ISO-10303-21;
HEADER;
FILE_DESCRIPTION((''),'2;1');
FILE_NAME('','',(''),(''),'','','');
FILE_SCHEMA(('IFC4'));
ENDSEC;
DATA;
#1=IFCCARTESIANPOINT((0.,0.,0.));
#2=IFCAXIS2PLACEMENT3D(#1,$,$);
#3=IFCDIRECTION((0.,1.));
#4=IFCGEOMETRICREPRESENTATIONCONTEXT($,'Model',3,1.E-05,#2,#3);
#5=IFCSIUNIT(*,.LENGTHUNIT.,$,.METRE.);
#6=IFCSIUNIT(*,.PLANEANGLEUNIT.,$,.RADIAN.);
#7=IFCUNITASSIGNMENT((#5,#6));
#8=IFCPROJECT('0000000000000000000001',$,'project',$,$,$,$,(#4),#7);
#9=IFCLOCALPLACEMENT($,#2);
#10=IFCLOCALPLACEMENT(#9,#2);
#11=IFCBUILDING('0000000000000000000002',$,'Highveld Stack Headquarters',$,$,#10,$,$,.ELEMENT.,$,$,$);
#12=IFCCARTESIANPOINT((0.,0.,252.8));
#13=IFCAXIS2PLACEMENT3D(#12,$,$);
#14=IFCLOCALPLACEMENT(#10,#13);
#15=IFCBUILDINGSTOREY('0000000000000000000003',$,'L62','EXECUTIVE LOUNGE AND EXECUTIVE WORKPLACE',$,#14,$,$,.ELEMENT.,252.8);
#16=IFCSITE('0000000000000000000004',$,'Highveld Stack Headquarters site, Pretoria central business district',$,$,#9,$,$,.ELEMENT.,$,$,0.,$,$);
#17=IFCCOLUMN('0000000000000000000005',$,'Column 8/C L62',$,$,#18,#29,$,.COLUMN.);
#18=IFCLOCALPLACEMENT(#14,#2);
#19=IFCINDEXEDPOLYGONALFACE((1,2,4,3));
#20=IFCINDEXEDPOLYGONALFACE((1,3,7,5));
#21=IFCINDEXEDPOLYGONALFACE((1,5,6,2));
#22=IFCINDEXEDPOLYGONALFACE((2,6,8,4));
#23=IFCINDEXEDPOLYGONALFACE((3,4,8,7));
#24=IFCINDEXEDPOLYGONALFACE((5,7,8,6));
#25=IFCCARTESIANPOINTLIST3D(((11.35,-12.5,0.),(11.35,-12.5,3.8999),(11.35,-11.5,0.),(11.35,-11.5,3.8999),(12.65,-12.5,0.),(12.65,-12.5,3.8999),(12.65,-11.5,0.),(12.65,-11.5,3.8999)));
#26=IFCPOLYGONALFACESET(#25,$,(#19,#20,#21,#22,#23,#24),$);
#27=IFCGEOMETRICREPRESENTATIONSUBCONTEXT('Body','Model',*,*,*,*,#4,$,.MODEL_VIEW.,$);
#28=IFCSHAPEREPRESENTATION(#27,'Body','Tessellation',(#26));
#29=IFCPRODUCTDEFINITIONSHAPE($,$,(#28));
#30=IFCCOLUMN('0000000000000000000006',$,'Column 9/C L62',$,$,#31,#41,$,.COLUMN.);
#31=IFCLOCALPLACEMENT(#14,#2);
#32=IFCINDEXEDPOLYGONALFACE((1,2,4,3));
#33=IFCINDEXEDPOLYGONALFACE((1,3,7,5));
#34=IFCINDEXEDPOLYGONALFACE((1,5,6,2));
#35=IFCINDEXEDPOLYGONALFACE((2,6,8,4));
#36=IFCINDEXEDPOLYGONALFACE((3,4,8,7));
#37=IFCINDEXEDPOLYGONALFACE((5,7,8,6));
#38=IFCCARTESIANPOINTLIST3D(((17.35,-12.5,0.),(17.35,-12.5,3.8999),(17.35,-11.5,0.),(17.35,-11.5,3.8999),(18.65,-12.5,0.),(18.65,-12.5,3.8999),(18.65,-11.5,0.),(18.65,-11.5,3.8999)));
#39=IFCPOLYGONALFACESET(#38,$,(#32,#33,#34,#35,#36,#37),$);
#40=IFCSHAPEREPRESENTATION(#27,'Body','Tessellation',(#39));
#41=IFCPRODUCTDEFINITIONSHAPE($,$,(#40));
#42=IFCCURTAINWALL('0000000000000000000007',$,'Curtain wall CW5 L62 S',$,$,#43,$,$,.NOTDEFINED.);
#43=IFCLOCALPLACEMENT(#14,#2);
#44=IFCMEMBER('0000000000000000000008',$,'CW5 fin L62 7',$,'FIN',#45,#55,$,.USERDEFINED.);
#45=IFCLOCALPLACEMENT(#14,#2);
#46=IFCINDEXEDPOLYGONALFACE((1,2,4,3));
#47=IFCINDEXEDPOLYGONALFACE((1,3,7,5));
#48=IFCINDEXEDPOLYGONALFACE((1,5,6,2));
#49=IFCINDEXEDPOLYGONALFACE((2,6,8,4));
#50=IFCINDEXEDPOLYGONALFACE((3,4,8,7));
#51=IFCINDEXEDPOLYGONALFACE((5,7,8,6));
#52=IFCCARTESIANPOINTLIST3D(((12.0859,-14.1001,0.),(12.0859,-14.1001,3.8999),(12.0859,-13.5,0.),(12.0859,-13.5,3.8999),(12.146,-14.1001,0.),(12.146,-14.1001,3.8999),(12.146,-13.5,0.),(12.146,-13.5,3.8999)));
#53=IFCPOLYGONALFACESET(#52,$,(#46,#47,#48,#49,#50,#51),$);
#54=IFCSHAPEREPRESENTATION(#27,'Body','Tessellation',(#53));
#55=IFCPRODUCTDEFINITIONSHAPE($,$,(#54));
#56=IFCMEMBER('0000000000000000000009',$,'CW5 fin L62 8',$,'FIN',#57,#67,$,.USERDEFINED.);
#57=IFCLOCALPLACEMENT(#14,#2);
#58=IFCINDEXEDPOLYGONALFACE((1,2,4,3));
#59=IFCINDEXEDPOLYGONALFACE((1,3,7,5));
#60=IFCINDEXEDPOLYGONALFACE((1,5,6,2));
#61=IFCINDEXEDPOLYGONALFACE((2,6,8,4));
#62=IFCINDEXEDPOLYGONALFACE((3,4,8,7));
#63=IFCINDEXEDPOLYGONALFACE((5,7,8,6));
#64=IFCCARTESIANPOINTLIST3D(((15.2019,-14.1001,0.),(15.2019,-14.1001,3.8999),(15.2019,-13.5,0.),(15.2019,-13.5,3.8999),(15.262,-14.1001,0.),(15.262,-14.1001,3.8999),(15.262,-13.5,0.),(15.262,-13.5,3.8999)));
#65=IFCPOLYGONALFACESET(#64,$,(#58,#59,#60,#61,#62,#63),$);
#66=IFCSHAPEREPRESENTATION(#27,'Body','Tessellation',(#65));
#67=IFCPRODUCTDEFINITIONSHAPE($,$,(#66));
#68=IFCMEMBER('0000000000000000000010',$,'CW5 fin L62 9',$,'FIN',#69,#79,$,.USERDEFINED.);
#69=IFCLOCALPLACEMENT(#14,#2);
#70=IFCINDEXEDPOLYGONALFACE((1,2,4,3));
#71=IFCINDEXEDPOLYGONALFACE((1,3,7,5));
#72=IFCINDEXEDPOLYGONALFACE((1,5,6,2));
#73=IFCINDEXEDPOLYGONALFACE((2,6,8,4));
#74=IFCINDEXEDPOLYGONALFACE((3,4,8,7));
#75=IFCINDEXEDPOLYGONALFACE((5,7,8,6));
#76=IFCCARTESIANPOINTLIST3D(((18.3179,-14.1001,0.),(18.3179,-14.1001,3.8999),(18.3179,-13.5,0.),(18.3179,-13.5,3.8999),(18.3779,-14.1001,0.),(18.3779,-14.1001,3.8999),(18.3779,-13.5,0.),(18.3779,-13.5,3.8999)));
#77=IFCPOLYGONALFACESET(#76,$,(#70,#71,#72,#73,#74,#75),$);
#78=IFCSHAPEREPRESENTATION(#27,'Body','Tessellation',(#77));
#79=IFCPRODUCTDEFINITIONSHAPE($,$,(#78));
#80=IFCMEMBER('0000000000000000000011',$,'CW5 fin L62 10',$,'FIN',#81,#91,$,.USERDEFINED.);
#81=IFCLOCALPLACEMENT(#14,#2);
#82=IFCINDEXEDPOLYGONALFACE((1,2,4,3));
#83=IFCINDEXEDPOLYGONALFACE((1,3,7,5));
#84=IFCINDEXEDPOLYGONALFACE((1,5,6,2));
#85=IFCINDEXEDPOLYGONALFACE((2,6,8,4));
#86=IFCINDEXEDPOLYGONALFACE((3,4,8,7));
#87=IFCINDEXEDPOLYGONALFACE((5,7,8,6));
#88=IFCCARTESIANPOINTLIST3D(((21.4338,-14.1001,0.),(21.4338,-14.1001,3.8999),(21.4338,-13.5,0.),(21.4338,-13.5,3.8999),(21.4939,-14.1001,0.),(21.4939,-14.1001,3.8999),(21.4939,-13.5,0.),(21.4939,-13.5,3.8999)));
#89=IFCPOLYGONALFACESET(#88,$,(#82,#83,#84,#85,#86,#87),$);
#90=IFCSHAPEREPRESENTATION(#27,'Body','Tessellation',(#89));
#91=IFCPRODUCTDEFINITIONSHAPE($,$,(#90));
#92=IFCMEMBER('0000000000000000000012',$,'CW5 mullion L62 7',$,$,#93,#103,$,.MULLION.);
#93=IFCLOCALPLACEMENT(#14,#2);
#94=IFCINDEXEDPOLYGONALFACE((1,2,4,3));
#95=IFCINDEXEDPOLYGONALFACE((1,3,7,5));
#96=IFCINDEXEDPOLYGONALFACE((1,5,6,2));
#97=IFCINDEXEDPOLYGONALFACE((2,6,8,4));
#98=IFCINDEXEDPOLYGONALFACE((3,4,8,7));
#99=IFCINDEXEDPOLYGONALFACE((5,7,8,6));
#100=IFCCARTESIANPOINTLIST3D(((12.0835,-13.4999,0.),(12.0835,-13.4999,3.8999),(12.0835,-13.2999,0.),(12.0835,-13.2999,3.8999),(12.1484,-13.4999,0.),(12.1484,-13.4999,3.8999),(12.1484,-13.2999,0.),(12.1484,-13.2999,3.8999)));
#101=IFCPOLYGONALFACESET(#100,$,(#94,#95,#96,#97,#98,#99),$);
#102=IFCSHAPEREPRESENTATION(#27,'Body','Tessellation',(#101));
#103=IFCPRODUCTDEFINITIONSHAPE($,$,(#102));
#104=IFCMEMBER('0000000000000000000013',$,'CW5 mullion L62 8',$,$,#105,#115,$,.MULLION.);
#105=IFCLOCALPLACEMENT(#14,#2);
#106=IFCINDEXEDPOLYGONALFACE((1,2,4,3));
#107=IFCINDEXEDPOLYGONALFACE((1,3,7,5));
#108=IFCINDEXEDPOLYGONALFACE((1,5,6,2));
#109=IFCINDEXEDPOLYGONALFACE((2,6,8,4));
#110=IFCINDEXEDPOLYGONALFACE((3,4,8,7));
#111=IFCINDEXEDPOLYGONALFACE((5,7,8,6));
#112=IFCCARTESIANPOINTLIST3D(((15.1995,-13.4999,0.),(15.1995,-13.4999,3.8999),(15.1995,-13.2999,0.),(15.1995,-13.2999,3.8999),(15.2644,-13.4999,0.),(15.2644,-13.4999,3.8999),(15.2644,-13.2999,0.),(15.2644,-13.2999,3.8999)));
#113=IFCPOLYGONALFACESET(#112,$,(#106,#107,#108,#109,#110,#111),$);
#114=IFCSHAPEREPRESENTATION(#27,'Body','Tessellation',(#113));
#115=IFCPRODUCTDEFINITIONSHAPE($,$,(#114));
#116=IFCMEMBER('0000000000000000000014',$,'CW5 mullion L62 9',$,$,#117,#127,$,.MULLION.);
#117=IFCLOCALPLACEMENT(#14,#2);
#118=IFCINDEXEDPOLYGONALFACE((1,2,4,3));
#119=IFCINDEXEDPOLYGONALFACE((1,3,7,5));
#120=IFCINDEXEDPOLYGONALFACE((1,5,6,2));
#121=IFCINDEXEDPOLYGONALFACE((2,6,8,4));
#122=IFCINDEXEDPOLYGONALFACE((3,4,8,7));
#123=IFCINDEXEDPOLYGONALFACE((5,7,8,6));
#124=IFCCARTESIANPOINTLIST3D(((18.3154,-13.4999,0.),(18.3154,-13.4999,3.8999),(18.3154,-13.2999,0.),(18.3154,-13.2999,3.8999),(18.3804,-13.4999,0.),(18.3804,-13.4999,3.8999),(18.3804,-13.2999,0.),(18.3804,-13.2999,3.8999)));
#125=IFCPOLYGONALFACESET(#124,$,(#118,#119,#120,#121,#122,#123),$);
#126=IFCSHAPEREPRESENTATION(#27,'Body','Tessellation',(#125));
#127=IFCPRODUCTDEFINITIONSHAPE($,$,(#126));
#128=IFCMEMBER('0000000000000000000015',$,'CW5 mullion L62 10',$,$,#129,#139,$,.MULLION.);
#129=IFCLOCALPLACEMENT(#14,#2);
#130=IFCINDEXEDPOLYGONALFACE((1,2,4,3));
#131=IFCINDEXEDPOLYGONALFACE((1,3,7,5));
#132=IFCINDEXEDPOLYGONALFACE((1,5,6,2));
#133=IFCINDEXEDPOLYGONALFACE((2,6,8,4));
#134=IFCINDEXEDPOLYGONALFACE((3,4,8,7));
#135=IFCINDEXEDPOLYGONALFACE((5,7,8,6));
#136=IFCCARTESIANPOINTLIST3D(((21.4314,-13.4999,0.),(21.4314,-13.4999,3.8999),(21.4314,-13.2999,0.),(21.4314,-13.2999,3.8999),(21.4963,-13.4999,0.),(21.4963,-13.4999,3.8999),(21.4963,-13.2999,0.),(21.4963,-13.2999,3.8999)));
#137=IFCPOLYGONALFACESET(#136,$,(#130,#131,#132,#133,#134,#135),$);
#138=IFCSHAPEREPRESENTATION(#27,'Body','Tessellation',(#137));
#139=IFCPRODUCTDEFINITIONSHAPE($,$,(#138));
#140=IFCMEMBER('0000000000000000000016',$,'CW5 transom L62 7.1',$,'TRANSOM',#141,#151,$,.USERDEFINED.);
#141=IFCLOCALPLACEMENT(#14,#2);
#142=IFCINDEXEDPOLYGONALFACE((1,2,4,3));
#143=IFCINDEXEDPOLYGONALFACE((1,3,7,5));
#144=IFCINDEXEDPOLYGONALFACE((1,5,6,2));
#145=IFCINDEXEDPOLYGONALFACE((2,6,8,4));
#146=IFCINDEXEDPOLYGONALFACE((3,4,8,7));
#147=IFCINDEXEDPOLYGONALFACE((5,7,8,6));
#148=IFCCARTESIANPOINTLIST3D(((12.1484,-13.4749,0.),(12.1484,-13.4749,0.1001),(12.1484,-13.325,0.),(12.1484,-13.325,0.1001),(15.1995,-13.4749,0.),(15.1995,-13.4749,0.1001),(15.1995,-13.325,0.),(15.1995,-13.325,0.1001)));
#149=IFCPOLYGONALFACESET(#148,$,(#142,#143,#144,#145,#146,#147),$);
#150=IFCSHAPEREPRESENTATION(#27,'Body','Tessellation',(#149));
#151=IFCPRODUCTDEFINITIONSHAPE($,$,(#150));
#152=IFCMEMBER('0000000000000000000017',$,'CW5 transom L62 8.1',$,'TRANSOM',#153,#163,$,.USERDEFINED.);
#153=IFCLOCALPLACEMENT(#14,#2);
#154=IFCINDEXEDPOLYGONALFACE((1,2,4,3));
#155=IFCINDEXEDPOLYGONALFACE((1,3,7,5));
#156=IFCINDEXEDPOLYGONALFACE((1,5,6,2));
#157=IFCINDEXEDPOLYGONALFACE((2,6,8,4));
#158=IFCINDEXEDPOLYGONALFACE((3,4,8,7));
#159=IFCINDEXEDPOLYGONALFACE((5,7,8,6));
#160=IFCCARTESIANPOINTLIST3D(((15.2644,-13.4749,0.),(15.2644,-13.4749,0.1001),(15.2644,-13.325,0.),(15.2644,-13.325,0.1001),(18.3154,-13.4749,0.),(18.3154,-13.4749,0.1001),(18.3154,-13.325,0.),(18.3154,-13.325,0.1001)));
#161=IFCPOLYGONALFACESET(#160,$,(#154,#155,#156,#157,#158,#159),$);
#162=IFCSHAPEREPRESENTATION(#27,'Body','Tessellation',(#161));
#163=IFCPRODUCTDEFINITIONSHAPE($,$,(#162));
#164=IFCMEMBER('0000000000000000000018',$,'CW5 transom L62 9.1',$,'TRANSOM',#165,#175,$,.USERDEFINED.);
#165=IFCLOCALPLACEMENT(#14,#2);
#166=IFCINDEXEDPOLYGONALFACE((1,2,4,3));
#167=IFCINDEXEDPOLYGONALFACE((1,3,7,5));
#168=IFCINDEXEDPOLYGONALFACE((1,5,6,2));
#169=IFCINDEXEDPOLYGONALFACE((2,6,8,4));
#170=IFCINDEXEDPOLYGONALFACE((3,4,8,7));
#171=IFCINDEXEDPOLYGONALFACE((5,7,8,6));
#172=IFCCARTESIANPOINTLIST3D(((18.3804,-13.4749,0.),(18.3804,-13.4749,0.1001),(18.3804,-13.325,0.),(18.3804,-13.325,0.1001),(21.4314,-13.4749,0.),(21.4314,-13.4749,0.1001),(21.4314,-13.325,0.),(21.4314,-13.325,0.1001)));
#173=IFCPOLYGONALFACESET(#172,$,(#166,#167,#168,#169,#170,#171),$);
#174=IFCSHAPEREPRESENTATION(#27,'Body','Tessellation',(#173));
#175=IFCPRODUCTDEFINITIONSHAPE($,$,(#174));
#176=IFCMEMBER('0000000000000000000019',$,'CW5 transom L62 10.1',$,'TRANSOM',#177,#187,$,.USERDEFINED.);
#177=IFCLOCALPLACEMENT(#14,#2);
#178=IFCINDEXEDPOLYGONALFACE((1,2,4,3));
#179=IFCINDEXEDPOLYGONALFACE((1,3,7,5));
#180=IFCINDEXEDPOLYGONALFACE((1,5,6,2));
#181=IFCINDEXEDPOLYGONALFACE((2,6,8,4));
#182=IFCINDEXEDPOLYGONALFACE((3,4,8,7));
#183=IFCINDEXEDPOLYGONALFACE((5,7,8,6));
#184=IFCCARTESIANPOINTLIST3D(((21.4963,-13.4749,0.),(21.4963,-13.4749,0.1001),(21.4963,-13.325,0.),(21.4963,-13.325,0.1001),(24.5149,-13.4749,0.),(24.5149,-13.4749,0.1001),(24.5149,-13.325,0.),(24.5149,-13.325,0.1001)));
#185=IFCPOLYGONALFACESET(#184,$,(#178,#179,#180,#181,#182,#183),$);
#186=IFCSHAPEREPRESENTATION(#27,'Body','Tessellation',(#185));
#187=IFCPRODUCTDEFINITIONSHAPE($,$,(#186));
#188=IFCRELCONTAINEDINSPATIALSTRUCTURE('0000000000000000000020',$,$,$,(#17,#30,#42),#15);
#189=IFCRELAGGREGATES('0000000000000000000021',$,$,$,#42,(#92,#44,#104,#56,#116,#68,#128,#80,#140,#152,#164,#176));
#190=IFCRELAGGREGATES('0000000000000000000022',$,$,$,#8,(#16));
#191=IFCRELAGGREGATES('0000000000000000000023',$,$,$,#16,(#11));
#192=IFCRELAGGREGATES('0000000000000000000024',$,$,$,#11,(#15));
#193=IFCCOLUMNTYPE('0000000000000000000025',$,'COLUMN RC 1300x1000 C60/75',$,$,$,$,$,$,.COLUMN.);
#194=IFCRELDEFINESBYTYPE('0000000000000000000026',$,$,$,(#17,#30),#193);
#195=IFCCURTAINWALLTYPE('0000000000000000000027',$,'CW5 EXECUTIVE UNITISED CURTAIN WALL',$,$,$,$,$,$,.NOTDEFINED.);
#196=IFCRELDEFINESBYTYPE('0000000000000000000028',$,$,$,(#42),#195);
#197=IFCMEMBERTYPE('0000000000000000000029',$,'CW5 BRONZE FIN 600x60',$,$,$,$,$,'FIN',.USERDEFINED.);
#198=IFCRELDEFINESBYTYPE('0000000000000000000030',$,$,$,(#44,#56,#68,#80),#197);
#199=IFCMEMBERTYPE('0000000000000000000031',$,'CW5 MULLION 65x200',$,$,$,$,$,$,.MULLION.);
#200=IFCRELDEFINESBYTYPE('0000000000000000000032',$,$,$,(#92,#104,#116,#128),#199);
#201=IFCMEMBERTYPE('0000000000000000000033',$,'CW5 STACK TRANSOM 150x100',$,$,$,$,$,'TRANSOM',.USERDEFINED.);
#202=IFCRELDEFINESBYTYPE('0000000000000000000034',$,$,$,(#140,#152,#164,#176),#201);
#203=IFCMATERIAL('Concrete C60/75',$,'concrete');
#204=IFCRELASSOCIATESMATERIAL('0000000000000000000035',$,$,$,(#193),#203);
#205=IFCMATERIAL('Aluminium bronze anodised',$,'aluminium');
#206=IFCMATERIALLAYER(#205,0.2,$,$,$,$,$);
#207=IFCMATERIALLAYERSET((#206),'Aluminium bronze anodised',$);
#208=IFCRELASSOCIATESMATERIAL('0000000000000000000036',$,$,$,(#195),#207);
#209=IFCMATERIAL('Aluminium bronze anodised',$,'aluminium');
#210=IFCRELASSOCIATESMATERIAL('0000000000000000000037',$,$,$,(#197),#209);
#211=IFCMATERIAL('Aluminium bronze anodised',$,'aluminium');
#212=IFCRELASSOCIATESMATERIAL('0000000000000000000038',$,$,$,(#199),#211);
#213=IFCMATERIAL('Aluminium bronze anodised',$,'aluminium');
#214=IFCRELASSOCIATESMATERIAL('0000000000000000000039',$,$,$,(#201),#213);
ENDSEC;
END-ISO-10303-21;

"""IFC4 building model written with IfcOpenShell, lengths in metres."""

from ifc_helpers import new_model, si_unit, direction, frame, origin, origin_2d, place, context, subcontext, project, spatial, rectangle, extrude, material, layer, layer_set, material_profile, profile_set, type_object, element, aggregate, save


model = new_model("IFC4")

# Units and contexts
model_context = context("Model", 3, precision=1e-05, world=origin(), true_north=direction((0.0, 1.0)))
body_context = subcontext(model_context, "Body", "Model", "MODEL_VIEW")
ifc_project = project(units=[si_unit("LENGTHUNIT", "METRE"), si_unit("PLANEANGLEUNIT", "RADIAN")], contexts=[model_context])

# Site, building, storey
site_placement = place(None, origin())
site = spatial("IfcSite", under=ifc_project, at=site_placement, Name="Highveld Stack Headquarters site, Pretoria central business district", CompositionType="ELEMENT", RefElevation=0.0)
building_placement = place(site_placement, origin())
building = spatial("IfcBuilding", under=site, at=building_placement, Name="Highveld Stack Headquarters", CompositionType="ELEMENT")
storey_placement = place(building_placement, frame((0.0, 0.0, 252.8)))
storey = spatial("IfcBuildingStorey", under=building, at=storey_placement, Name="L62", Description="EXECUTIVE LOUNGE AND EXECUTIVE WORKPLACE", CompositionType="ELEMENT", Elevation=252.8)

# Columns
ifc_material_1 = material(Name="Concrete C60/75", Category="concrete")
ifc_material_profile_1 = material_profile(ifc_material_1, rectangle(XDim=1.3, YDim=1.0, at=origin_2d()), Name="RC 1300x1000")
ifc_profile_set_1 = profile_set([ifc_material_profile_1], Name="Concrete C60/75")
column_type = type_object("IfcColumnType", Name="COLUMN RC 1300x1000 C60/75", PredefinedType="COLUMN", material=ifc_profile_set_1)
for number, where, z_axis, x_axis, name in (
    (1, (12.0, -12.0, 0.0), (0.0, 0.0, 1.0), (1.0, 0.0, 0.0), "Column 8/C L62"),
    (2, (18.0, -12.0, 0.0), (0.0, 0.0, 1.0), (1.0, 0.0, 0.0), "Column 9/C L62"),
):
    element("IfcColumn", number, at=place(storey_placement, frame(where, z_axis=z_axis, x_axis=x_axis)), inside=storey, type_object=column_type, Name=name, PredefinedType="COLUMN", context=body_context, shape_type="SweptSolid", body=[
        extrude(rectangle(XDim=1.3, YDim=1.0, at=origin_2d()), origin(), (0.0, 0.0, 1.0), 3.8999),
    ])

# Curtain wall, members
ifc_material_2 = material(Name="Aluminium bronze anodised", Category="aluminium")
ifc_layer_1 = layer(ifc_material_2, 0.2)
ifc_layer_set_1 = layer_set([ifc_layer_1], Name="Aluminium bronze anodised")
curtain_wall_type = type_object("IfcCurtainWallType", Name="CW5 EXECUTIVE UNITISED CURTAIN WALL", PredefinedType="NOTDEFINED", material=ifc_layer_set_1)
curtain_wall_placement = place(storey_placement, origin())
curtain_wall = element("IfcCurtainWall", 3, at=curtain_wall_placement, inside=storey, type_object=curtain_wall_type, Name="Curtain wall CW5 L62 S", PredefinedType="NOTDEFINED")
ifc_material_3 = material(Name="Aluminium bronze anodised", Category="aluminium")
ifc_material_profile_2 = material_profile(ifc_material_3, rectangle(XDim=0.6001, YDim=0.0601, at=origin_2d()), Name="FIN 600x60")
ifc_profile_set_2 = profile_set([ifc_material_profile_2], Name="Aluminium bronze anodised")
member_type_1 = type_object("IfcMemberType", Name="CW5 BRONZE FIN 600x60", ElementType="FIN", PredefinedType="USERDEFINED", material=ifc_profile_set_2)
member_1_placement = place(storey_placement, frame((12.116, -13.8, 0.0), z_axis=(0.0, 0.0, 1.0), x_axis=(0.0, 1.0, 0.0)))
member_1 = element("IfcMember", 4, at=member_1_placement, type_object=member_type_1, Name="CW5 fin L62 7", ObjectType="FIN", PredefinedType="USERDEFINED", context=body_context, shape_type="SweptSolid", body=[
    extrude(rectangle(XDim=0.6001, YDim=0.0601, at=origin_2d()), origin(), (0.0, 0.0, 1.0), 3.8999),
])
member_2_placement = place(storey_placement, frame((15.2319, -13.8, 0.0), z_axis=(0.0, 0.0, 1.0), x_axis=(0.0, 1.0, 0.0)))
member_2 = element("IfcMember", 5, at=member_2_placement, type_object=member_type_1, Name="CW5 fin L62 8", ObjectType="FIN", PredefinedType="USERDEFINED", context=body_context, shape_type="SweptSolid", body=[
    extrude(rectangle(XDim=0.6001, YDim=0.0601, at=origin_2d()), origin(), (0.0, 0.0, 1.0), 3.8999),
])
member_3_placement = place(storey_placement, frame((18.3479, -13.8, 0.0), z_axis=(0.0, 0.0, 1.0), x_axis=(0.0, 1.0, 0.0)))
member_3 = element("IfcMember", 6, at=member_3_placement, type_object=member_type_1, Name="CW5 fin L62 9", ObjectType="FIN", PredefinedType="USERDEFINED", context=body_context, shape_type="SweptSolid", body=[
    extrude(rectangle(XDim=0.6001, YDim=0.0601, at=origin_2d()), origin(), (0.0, 0.0, 1.0), 3.8999),
])
member_4_placement = place(storey_placement, frame((21.4639, -13.8, 0.0), z_axis=(0.0, 0.0, 1.0), x_axis=(0.0, 1.0, 0.0)))
member_4 = element("IfcMember", 7, at=member_4_placement, type_object=member_type_1, Name="CW5 fin L62 10", ObjectType="FIN", PredefinedType="USERDEFINED", context=body_context, shape_type="SweptSolid", body=[
    extrude(rectangle(XDim=0.6001, YDim=0.0601, at=origin_2d()), origin(), (0.0, 0.0, 1.0), 3.8999),
])
ifc_material_4 = material(Name="Aluminium bronze anodised", Category="aluminium")
ifc_material_profile_3 = material_profile(ifc_material_4, rectangle(XDim=0.2, YDim=0.0649, at=origin_2d()), Name="CW5 MULLION 65x200")
ifc_profile_set_3 = profile_set([ifc_material_profile_3], Name="Aluminium bronze anodised")
member_type_2 = type_object("IfcMemberType", Name="CW5 MULLION 65x200", PredefinedType="MULLION", material=ifc_profile_set_3)
member_5_placement = place(storey_placement, frame((12.116, -13.3999, 0.0), z_axis=(0.0, 0.0, 1.0), x_axis=(0.0, 1.0, 0.0)))
member_5 = element("IfcMember", 8, at=member_5_placement, type_object=member_type_2, Name="CW5 mullion L62 7", PredefinedType="MULLION", context=body_context, shape_type="SweptSolid", body=[
    extrude(rectangle(XDim=0.2, YDim=0.0649, at=origin_2d()), origin(), (0.0, 0.0, 1.0), 3.8999),
])
member_6_placement = place(storey_placement, frame((15.2319, -13.3999, 0.0), z_axis=(0.0, 0.0, 1.0), x_axis=(0.0, 1.0, 0.0)))
member_6 = element("IfcMember", 9, at=member_6_placement, type_object=member_type_2, Name="CW5 mullion L62 8", PredefinedType="MULLION", context=body_context, shape_type="SweptSolid", body=[
    extrude(rectangle(XDim=0.2, YDim=0.0649, at=origin_2d()), origin(), (0.0, 0.0, 1.0), 3.8999),
])
member_7_placement = place(storey_placement, frame((18.3479, -13.3999, 0.0), z_axis=(0.0, 0.0, 1.0), x_axis=(0.0, 1.0, 0.0)))
member_7 = element("IfcMember", 10, at=member_7_placement, type_object=member_type_2, Name="CW5 mullion L62 9", PredefinedType="MULLION", context=body_context, shape_type="SweptSolid", body=[
    extrude(rectangle(XDim=0.2, YDim=0.0649, at=origin_2d()), origin(), (0.0, 0.0, 1.0), 3.8999),
])
member_8_placement = place(storey_placement, frame((21.4639, -13.3999, 0.0), z_axis=(0.0, 0.0, 1.0), x_axis=(0.0, 1.0, 0.0)))
member_8 = element("IfcMember", 11, at=member_8_placement, type_object=member_type_2, Name="CW5 mullion L62 10", PredefinedType="MULLION", context=body_context, shape_type="SweptSolid", body=[
    extrude(rectangle(XDim=0.2, YDim=0.0649, at=origin_2d()), origin(), (0.0, 0.0, 1.0), 3.8999),
])
ifc_material_5 = material(Name="Aluminium bronze anodised", Category="aluminium")
ifc_material_profile_4 = material_profile(ifc_material_5, rectangle(XDim=0.1499, YDim=0.1001, at=origin_2d()), Name="CW5 TRANSOM 150x100")
ifc_profile_set_4 = profile_set([ifc_material_profile_4], Name="Aluminium bronze anodised")
member_type_3 = type_object("IfcMemberType", Name="CW5 STACK TRANSOM 150x100", ElementType="TRANSOM", PredefinedType="USERDEFINED", material=ifc_profile_set_4)
member_9_placement = place(storey_placement, frame((12.1484, -13.3999, 0.05), z_axis=(1.0, 0.0, 0.0), x_axis=(0.0, 1.0, 0.0)))
member_9 = element("IfcMember", 12, at=member_9_placement, type_object=member_type_3, Name="CW5 transom L62 7.1", ObjectType="TRANSOM", PredefinedType="USERDEFINED", context=body_context, shape_type="SweptSolid", body=[
    extrude(rectangle(XDim=0.1499, YDim=0.1001, at=origin_2d()), origin(), (0.0, 0.0, 1.0), 3.051),
])
member_10_placement = place(storey_placement, frame((15.2644, -13.3999, 0.05), z_axis=(1.0, 0.0, 0.0), x_axis=(0.0, 1.0, 0.0)))
member_10 = element("IfcMember", 13, at=member_10_placement, type_object=member_type_3, Name="CW5 transom L62 8.1", ObjectType="TRANSOM", PredefinedType="USERDEFINED", context=body_context, shape_type="SweptSolid", body=[
    extrude(rectangle(XDim=0.1499, YDim=0.1001, at=origin_2d()), origin(), (0.0, 0.0, 1.0), 3.051),
])
member_11_placement = place(storey_placement, frame((18.3804, -13.3999, 0.05), z_axis=(1.0, 0.0, 0.0), x_axis=(0.0, 1.0, 0.0)))
member_11 = element("IfcMember", 14, at=member_11_placement, type_object=member_type_3, Name="CW5 transom L62 9.1", ObjectType="TRANSOM", PredefinedType="USERDEFINED", context=body_context, shape_type="SweptSolid", body=[
    extrude(rectangle(XDim=0.1499, YDim=0.1001, at=origin_2d()), origin(), (0.0, 0.0, 1.0), 3.051),
])
member_12_placement = place(storey_placement, frame((21.4963, -13.3999, 0.05), z_axis=(1.0, 0.0, 0.0), x_axis=(0.0, 1.0, 0.0)))
member_12 = element("IfcMember", 15, at=member_12_placement, type_object=member_type_3, Name="CW5 transom L62 10.1", ObjectType="TRANSOM", PredefinedType="USERDEFINED", context=body_context, shape_type="SweptSolid", body=[
    extrude(rectangle(XDim=0.1499, YDim=0.1001, at=origin_2d()), origin(), (0.0, 0.0, 1.0), 3.0186),
])
aggregate(curtain_wall, [member_5, member_1, member_6, member_2, member_7, member_3, member_8, member_4, member_9, member_10, member_11, member_12])

save(model, "model.ifc")
